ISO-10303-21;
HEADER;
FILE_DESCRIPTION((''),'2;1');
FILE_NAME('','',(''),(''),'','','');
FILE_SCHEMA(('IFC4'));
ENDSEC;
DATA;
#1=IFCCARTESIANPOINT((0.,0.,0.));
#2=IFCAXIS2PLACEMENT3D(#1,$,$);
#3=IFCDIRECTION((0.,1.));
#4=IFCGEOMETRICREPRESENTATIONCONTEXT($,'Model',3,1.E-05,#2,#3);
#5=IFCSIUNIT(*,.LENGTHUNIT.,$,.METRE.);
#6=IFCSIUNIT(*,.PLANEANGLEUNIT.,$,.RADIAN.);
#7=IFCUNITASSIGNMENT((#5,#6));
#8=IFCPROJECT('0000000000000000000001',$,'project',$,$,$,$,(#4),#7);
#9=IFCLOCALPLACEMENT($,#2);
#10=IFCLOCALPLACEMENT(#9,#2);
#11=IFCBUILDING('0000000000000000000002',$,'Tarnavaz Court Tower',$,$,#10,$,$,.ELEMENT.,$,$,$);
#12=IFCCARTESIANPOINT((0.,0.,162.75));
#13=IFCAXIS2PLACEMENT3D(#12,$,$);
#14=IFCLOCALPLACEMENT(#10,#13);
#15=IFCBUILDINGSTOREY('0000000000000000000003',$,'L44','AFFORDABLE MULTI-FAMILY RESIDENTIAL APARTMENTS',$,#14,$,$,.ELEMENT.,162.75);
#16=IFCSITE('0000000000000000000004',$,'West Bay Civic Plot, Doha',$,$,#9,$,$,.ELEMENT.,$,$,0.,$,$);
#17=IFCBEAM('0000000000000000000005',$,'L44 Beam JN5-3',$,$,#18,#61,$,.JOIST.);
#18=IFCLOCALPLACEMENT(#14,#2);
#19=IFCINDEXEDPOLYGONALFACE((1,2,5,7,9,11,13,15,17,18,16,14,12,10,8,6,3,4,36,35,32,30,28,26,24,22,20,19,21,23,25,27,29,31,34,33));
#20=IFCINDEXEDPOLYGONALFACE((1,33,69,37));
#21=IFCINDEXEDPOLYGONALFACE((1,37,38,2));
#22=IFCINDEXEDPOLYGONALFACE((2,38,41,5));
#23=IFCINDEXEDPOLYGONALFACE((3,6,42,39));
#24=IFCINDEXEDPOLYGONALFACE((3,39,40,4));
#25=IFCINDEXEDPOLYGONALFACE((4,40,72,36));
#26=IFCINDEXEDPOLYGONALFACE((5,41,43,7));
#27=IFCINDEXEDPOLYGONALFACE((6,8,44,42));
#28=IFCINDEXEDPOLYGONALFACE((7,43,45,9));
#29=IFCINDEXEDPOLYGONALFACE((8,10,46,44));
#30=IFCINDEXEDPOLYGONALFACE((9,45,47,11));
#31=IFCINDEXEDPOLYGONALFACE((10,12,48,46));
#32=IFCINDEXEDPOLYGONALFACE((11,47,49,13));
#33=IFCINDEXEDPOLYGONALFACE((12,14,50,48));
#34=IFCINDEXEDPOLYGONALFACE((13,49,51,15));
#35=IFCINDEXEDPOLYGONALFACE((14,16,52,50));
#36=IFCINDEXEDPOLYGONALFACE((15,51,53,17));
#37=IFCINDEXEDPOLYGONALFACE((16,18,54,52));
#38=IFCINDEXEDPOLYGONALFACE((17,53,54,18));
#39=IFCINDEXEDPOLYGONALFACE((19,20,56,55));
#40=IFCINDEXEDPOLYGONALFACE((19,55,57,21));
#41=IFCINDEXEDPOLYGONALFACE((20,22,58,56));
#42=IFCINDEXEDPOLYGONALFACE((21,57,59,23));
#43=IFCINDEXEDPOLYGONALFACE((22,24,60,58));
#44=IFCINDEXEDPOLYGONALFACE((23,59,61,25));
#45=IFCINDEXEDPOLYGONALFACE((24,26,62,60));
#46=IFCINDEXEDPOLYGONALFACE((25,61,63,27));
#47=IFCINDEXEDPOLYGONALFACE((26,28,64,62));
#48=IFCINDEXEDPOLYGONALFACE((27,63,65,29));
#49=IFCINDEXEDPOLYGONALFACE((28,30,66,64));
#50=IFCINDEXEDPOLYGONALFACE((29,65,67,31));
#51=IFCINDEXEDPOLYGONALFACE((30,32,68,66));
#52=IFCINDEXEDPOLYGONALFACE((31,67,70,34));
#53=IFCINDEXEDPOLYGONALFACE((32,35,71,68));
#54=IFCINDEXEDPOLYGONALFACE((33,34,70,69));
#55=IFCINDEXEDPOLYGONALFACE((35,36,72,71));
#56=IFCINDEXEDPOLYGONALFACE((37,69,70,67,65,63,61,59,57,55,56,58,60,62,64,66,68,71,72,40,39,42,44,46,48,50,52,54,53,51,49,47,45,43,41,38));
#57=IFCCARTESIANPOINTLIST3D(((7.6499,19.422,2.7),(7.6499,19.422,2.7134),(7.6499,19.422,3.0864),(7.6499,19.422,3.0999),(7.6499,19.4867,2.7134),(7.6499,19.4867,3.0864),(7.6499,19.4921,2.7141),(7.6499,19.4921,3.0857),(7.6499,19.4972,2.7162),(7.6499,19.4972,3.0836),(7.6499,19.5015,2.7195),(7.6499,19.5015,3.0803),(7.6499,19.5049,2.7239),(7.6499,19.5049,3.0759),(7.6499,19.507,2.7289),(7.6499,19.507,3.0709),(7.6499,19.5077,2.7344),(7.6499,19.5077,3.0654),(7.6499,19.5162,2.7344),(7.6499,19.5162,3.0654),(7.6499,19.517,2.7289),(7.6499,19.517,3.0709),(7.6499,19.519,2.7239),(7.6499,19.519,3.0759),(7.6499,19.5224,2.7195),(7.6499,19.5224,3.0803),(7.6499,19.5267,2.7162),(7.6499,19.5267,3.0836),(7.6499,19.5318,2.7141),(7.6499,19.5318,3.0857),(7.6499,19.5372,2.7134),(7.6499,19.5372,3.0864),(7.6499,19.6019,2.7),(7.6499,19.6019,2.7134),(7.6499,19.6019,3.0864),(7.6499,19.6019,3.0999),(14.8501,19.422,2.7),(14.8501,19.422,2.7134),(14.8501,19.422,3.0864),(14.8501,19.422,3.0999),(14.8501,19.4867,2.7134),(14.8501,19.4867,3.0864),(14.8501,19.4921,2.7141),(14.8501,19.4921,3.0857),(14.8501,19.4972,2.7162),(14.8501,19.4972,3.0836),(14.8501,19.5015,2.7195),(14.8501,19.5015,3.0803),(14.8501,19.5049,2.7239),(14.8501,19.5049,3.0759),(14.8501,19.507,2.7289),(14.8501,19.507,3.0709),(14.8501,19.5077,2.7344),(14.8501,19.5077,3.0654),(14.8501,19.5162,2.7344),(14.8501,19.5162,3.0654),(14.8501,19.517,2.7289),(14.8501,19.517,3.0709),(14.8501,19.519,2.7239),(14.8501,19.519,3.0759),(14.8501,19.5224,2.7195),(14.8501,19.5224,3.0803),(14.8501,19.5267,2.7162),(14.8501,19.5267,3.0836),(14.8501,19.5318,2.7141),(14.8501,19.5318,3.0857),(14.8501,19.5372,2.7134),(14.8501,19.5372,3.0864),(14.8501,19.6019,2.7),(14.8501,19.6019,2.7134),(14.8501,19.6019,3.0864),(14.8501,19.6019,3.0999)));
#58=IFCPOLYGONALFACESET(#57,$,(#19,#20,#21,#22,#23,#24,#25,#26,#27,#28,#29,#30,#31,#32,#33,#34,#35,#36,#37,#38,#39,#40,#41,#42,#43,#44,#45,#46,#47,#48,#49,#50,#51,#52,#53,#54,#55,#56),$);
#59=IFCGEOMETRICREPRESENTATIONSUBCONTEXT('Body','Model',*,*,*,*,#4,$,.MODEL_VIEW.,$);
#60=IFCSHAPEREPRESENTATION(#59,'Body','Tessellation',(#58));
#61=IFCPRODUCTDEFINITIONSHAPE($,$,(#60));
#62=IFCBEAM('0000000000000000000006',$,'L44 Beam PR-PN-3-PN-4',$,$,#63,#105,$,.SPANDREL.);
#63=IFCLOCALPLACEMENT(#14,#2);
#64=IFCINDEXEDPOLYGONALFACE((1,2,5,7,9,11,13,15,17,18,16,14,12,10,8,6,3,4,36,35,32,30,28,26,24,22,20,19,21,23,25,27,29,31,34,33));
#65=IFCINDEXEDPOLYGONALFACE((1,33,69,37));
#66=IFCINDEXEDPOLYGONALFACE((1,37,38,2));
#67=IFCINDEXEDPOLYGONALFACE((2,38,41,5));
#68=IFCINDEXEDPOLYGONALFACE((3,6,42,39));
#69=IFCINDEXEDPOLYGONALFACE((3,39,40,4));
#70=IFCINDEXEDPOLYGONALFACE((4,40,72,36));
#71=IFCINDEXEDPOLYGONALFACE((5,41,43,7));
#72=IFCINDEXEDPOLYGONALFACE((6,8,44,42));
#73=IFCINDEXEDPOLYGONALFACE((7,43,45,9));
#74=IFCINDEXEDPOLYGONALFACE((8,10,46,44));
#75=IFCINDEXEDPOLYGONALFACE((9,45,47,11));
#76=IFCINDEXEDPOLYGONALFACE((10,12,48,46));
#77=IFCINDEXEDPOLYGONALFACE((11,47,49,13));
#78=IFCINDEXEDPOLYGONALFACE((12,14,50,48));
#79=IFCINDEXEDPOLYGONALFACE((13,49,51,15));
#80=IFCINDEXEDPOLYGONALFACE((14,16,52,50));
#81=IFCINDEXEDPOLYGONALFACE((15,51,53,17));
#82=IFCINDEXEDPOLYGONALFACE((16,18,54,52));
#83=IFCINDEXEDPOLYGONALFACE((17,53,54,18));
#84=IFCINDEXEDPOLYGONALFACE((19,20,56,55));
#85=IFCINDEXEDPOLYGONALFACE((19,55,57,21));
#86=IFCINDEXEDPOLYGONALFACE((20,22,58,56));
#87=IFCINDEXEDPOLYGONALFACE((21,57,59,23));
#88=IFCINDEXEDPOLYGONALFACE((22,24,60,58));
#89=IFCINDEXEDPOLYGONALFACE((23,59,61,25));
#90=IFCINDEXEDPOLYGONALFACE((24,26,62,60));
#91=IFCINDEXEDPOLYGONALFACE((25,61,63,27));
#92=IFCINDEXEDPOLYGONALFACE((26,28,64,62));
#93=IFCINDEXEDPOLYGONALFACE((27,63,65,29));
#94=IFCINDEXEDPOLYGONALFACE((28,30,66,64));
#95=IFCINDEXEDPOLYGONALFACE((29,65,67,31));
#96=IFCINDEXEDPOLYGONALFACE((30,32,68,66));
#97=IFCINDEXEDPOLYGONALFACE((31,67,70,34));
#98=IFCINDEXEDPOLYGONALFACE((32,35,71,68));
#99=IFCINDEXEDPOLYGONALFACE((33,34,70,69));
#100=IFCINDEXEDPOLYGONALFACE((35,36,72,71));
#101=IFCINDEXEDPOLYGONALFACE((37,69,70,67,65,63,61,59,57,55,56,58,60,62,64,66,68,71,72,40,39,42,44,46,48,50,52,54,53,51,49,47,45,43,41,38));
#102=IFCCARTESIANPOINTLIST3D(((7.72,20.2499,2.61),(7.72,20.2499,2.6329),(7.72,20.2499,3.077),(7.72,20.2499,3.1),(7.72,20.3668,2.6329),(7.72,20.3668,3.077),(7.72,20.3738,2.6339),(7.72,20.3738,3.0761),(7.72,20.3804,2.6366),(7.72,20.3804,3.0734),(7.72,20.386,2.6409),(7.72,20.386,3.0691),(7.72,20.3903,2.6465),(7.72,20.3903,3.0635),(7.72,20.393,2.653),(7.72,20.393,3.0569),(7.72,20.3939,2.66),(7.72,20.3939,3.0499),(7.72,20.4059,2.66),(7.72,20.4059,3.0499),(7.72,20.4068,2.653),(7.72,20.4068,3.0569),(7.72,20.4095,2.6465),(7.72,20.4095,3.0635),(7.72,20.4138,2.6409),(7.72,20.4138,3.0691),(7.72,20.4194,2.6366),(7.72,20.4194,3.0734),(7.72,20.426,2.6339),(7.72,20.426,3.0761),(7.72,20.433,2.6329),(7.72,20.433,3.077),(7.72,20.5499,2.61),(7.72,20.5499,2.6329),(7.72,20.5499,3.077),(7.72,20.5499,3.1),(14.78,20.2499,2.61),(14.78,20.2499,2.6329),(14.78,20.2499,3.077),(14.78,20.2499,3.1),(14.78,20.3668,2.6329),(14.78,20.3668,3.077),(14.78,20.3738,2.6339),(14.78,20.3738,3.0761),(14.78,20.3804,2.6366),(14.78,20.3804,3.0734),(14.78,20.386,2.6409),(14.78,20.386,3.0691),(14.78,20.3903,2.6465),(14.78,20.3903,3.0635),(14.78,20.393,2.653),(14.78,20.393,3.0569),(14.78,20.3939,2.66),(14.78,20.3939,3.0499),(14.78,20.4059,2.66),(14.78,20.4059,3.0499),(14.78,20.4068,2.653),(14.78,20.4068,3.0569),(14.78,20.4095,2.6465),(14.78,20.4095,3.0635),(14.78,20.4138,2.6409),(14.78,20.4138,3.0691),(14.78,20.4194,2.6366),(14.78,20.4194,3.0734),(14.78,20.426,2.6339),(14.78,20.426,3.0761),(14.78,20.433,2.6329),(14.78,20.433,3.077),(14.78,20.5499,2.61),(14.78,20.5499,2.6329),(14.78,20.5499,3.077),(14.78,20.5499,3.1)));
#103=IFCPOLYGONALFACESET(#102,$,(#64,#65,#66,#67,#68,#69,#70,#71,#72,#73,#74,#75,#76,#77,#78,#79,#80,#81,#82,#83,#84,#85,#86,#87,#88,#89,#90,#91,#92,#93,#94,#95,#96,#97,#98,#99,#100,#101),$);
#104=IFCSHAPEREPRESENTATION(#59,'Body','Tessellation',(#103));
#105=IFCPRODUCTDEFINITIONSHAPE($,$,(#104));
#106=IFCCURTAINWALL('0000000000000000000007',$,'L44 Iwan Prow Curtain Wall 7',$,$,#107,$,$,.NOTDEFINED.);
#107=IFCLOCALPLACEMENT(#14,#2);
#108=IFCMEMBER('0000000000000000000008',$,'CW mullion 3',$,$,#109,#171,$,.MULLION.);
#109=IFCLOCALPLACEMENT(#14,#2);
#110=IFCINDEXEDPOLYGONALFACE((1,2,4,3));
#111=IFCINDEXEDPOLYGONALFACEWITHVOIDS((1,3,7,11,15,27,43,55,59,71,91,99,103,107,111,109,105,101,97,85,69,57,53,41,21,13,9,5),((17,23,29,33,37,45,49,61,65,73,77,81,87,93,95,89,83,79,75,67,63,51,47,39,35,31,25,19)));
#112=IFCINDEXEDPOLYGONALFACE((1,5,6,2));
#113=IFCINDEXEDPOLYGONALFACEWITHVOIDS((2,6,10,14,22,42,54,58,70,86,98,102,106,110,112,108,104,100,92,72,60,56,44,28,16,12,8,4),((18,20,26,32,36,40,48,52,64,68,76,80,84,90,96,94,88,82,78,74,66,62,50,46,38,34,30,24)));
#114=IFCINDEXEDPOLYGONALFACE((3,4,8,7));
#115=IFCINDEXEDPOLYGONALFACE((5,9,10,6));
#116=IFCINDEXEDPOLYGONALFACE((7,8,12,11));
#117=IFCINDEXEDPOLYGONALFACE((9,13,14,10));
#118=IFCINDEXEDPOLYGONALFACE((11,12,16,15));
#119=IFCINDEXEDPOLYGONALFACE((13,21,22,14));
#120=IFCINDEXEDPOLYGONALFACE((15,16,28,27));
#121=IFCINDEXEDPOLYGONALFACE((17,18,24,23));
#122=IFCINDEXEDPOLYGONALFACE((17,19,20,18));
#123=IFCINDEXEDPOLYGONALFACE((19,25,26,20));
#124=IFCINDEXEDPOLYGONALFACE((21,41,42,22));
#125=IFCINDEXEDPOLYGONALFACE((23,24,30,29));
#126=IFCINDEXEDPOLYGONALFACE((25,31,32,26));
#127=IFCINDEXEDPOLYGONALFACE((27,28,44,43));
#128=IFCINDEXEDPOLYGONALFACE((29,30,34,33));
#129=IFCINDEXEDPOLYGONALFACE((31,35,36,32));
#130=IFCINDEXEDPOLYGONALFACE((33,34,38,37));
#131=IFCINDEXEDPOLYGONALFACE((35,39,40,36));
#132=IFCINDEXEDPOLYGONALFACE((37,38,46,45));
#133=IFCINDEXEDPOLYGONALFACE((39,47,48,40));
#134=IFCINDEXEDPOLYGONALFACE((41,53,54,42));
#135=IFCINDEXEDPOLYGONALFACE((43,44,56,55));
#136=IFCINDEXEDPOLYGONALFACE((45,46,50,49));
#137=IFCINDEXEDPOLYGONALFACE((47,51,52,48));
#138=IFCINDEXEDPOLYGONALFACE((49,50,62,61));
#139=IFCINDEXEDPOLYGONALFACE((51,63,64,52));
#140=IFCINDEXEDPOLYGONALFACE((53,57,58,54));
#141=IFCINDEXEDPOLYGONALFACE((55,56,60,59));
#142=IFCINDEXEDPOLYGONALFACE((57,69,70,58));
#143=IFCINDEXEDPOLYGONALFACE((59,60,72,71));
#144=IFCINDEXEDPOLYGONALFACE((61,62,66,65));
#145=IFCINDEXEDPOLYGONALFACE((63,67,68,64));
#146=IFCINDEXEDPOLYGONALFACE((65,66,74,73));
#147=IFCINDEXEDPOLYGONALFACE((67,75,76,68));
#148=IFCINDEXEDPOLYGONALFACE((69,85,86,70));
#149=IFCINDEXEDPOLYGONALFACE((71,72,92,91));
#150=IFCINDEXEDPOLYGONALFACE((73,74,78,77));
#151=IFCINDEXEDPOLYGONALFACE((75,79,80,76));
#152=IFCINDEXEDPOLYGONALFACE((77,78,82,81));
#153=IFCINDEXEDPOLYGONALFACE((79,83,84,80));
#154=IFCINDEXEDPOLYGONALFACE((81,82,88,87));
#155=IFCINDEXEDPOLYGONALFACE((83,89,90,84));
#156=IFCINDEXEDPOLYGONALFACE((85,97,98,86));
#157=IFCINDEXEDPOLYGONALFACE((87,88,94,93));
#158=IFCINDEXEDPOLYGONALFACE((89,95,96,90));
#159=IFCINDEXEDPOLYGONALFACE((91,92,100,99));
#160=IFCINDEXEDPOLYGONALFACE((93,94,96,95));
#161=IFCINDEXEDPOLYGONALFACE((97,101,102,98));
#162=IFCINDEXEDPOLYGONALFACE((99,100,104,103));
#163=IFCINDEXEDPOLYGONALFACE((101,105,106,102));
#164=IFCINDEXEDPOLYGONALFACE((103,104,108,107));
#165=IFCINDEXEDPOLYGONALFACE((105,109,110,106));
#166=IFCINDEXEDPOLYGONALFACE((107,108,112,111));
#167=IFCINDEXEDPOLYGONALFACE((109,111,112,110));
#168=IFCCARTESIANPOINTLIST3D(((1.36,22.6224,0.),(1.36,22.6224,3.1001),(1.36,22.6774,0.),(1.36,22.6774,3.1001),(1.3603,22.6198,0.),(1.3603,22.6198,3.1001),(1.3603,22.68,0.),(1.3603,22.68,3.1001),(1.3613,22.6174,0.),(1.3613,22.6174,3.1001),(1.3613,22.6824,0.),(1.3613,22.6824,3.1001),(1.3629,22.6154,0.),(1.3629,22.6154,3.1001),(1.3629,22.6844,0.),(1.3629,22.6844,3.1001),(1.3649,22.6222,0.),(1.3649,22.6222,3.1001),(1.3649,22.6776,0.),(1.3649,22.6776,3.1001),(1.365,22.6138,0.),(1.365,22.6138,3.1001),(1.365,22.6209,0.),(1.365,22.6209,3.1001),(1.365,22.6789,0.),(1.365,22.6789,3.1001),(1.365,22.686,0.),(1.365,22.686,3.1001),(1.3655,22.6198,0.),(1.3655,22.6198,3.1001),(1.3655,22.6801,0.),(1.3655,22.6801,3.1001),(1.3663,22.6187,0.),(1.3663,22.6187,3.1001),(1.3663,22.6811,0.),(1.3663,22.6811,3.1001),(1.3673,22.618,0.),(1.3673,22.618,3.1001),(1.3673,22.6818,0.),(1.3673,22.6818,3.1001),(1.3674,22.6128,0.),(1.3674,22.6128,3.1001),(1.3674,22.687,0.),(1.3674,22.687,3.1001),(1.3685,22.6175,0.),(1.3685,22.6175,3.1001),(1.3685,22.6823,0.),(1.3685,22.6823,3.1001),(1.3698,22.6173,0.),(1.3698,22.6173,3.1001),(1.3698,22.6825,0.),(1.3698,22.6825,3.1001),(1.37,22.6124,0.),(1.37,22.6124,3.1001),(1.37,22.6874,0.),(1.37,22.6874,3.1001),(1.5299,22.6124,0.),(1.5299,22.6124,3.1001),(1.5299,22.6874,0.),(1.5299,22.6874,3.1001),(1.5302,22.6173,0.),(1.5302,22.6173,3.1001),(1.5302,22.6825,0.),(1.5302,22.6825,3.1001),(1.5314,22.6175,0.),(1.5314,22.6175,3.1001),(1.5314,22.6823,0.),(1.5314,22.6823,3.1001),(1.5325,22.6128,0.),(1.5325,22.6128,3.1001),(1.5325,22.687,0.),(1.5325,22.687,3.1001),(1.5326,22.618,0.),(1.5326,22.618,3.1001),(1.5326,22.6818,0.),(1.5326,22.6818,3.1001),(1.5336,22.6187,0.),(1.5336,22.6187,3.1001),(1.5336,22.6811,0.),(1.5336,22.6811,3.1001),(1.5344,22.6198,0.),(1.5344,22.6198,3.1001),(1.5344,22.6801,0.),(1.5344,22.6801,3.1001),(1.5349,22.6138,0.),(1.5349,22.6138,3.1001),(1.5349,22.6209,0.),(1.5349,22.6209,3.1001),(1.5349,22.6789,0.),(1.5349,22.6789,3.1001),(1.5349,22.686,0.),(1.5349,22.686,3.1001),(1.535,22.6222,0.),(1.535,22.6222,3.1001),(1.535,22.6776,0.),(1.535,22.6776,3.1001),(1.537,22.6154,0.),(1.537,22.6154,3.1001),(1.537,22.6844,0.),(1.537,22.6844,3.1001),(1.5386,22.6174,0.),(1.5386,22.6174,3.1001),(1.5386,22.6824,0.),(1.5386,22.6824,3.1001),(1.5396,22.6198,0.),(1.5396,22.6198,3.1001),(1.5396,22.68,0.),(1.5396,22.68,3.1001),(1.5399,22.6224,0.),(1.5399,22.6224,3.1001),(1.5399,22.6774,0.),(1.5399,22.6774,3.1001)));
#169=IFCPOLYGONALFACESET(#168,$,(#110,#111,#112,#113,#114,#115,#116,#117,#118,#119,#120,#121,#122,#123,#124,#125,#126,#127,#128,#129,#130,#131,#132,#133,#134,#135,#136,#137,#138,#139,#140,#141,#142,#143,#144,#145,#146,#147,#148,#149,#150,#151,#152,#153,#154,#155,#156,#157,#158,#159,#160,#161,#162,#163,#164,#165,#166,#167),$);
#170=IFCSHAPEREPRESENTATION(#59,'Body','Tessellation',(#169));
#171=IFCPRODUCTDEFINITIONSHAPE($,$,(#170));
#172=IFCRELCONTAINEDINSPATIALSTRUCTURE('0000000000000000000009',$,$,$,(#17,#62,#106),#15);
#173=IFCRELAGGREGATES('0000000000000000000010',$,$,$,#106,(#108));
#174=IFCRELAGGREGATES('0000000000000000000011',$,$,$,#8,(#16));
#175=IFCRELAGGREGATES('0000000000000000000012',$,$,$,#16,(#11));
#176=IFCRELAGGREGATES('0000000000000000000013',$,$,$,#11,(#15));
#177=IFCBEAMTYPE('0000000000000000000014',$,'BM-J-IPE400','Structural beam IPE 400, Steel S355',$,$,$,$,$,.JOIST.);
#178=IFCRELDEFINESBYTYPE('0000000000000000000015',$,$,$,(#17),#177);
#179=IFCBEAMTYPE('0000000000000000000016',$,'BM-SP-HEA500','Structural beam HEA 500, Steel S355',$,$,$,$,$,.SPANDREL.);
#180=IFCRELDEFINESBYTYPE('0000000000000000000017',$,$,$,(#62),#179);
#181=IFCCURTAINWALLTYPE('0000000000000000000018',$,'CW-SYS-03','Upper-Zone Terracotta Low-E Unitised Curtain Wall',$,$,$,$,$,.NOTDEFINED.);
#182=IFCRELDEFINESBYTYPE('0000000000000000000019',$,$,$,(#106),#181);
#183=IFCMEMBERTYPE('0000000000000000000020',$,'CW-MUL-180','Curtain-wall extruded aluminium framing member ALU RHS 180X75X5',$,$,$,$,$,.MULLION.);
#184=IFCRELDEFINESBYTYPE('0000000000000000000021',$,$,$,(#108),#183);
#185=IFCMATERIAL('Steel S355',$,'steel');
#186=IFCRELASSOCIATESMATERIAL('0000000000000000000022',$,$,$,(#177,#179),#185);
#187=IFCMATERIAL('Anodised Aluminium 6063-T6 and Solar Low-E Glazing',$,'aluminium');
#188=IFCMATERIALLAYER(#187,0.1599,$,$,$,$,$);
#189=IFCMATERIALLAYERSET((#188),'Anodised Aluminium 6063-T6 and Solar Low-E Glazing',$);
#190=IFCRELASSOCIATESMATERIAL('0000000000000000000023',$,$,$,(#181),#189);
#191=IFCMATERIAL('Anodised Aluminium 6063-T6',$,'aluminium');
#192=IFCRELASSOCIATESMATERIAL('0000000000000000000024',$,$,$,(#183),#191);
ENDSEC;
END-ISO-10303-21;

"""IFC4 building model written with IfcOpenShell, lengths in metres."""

from ifc_helpers import new_model, si_unit, direction, frame, origin, origin_2d, place, context, subcontext, project, spatial, hollow_rectangle, i_section, extrude, material, layer, layer_set, material_profile, profile_set, type_object, element, aggregate, save


model = new_model("IFC4")

# Units and contexts
model_context = context("Model", 3, precision=1e-05, world=origin(), true_north=direction((0.0, 1.0)))
body_context = subcontext(model_context, "Body", "Model", "MODEL_VIEW")
ifc_project = project(units=[si_unit("LENGTHUNIT", "METRE"), si_unit("PLANEANGLEUNIT", "RADIAN")], contexts=[model_context])

# Site, building, storey
site_placement = place(None, origin())
site = spatial("IfcSite", under=ifc_project, at=site_placement, Name="West Bay Civic Plot, Doha", CompositionType="ELEMENT", RefElevation=0.0)
building_placement = place(site_placement, origin())
building = spatial("IfcBuilding", under=site, at=building_placement, Name="Tarnavaz Court Tower", CompositionType="ELEMENT")
storey_placement = place(building_placement, frame((0.0, 0.0, 162.75)))
storey = spatial("IfcBuildingStorey", under=building, at=storey_placement, Name="L44", Description="AFFORDABLE MULTI-FAMILY RESIDENTIAL APARTMENTS", CompositionType="ELEMENT", Elevation=162.75)

# Beams
ifc_material_1 = material(Name="Steel S355", Category="steel")
ifc_material_profile_1 = material_profile(ifc_material_1, i_section(OverallWidth=0.1799, OverallDepth=0.3999, WebThickness=0.0085, FlangeThickness=0.0134, FilletRadius=0.021, at=origin_2d()), Name="IPE 400")
ifc_profile_set_1 = profile_set([ifc_material_profile_1], Name="Steel S355")
beam_type_1 = type_object("IfcBeamType", Name="BM-J-IPE400", Description="Structural beam IPE 400, Steel S355", PredefinedType="JOIST", material=ifc_profile_set_1)
for number, where, z_axis, x_axis, name in (
    (1, (7.6499, 19.512, 2.8999), (1.0, 0.0, 0.0), (0.0, 1.0, 0.0), "L44 Beam JN5-3"),
):
    element("IfcBeam", number, at=place(storey_placement, frame(where, z_axis=z_axis, x_axis=x_axis)), inside=storey, type_object=beam_type_1, Name=name, PredefinedType="JOIST", context=body_context, shape_type="SweptSolid", body=[
        extrude(i_section(OverallWidth=0.1799, OverallDepth=0.3999, WebThickness=0.0085, FlangeThickness=0.0134, FilletRadius=0.021, at=origin_2d()), origin(), (0.0, 0.0, 1.0), 7.2002),
    ])
ifc_material_profile_2 = material_profile(ifc_material_1, i_section(OverallWidth=0.3, OverallDepth=0.49, WebThickness=0.012, FlangeThickness=0.0229, FilletRadius=0.0271, at=origin_2d()), Name="HEA 500")
ifc_profile_set_2 = profile_set([ifc_material_profile_2], Name="Steel S355")
beam_type_2 = type_object("IfcBeamType", Name="BM-SP-HEA500", Description="Structural beam HEA 500, Steel S355", PredefinedType="SPANDREL", material=ifc_profile_set_2)
beam_placement = place(storey_placement, frame((7.72, 20.3999, 2.855), z_axis=(1.0, 0.0, 0.0), x_axis=(0.0, 1.0, 0.0)))
element("IfcBeam", 2, at=beam_placement, inside=storey, type_object=beam_type_2, Name="L44 Beam PR-PN-3-PN-4", PredefinedType="SPANDREL", context=body_context, shape_type="SweptSolid", body=[
    extrude(i_section(OverallWidth=0.3, OverallDepth=0.49, WebThickness=0.012, FlangeThickness=0.0229, FilletRadius=0.0271, at=origin_2d()), origin(), (0.0, 0.0, 1.0), 7.0601),
])

# Curtain wall, member
ifc_material_2 = material(Name="Anodised Aluminium 6063-T6 and Solar Low-E Glazing", Category="aluminium")
ifc_layer_1 = layer(ifc_material_2, 0.1599)
ifc_layer_set_1 = layer_set([ifc_layer_1], Name="Anodised Aluminium 6063-T6 and Solar Low-E Glazing")
curtain_wall_type = type_object("IfcCurtainWallType", Name="CW-SYS-03", Description="Upper-Zone Terracotta Low-E Unitised Curtain Wall", PredefinedType="NOTDEFINED", material=ifc_layer_set_1)
curtain_wall_placement = place(storey_placement, origin())
curtain_wall = element("IfcCurtainWall", 3, at=curtain_wall_placement, inside=storey, type_object=curtain_wall_type, Name="L44 Iwan Prow Curtain Wall 7", PredefinedType="NOTDEFINED")
ifc_material_3 = material(Name="Anodised Aluminium 6063-T6", Category="aluminium")
ifc_material_profile_3 = material_profile(ifc_material_3, hollow_rectangle(XDim=0.075, YDim=0.1799, WallThickness=0.0049, InnerFilletRadius=0.0049, OuterFilletRadius=0.01, at=origin_2d()), Name="ALU RHS 180X75X5")
ifc_profile_set_3 = profile_set([ifc_material_profile_3], Name="Anodised Aluminium 6063-T6")
member_type_1 = type_object("IfcMemberType", Name="CW-MUL-180", Description="Curtain-wall extruded aluminium framing member ALU RHS 180X75X5", PredefinedType="MULLION", material=ifc_profile_set_3)
member_1_placement = place(storey_placement, frame((1.45, 22.6499, 0.0), z_axis=(0.0, 0.0, 1.0), x_axis=(0.0, 1.0, 0.0)))
member_1 = element("IfcMember", 4, at=member_1_placement, type_object=member_type_1, Name="CW mullion 3", PredefinedType="MULLION", context=body_context, shape_type="SweptSolid", body=[
    extrude(hollow_rectangle(XDim=0.075, YDim=0.1799, WallThickness=0.0049, InnerFilletRadius=0.0049, OuterFilletRadius=0.01, at=origin_2d()), origin(), (0.0, 0.0, 1.0), 3.1001),
])
aggregate(curtain_wall, [member_1])

save(model, "model.ifc")
